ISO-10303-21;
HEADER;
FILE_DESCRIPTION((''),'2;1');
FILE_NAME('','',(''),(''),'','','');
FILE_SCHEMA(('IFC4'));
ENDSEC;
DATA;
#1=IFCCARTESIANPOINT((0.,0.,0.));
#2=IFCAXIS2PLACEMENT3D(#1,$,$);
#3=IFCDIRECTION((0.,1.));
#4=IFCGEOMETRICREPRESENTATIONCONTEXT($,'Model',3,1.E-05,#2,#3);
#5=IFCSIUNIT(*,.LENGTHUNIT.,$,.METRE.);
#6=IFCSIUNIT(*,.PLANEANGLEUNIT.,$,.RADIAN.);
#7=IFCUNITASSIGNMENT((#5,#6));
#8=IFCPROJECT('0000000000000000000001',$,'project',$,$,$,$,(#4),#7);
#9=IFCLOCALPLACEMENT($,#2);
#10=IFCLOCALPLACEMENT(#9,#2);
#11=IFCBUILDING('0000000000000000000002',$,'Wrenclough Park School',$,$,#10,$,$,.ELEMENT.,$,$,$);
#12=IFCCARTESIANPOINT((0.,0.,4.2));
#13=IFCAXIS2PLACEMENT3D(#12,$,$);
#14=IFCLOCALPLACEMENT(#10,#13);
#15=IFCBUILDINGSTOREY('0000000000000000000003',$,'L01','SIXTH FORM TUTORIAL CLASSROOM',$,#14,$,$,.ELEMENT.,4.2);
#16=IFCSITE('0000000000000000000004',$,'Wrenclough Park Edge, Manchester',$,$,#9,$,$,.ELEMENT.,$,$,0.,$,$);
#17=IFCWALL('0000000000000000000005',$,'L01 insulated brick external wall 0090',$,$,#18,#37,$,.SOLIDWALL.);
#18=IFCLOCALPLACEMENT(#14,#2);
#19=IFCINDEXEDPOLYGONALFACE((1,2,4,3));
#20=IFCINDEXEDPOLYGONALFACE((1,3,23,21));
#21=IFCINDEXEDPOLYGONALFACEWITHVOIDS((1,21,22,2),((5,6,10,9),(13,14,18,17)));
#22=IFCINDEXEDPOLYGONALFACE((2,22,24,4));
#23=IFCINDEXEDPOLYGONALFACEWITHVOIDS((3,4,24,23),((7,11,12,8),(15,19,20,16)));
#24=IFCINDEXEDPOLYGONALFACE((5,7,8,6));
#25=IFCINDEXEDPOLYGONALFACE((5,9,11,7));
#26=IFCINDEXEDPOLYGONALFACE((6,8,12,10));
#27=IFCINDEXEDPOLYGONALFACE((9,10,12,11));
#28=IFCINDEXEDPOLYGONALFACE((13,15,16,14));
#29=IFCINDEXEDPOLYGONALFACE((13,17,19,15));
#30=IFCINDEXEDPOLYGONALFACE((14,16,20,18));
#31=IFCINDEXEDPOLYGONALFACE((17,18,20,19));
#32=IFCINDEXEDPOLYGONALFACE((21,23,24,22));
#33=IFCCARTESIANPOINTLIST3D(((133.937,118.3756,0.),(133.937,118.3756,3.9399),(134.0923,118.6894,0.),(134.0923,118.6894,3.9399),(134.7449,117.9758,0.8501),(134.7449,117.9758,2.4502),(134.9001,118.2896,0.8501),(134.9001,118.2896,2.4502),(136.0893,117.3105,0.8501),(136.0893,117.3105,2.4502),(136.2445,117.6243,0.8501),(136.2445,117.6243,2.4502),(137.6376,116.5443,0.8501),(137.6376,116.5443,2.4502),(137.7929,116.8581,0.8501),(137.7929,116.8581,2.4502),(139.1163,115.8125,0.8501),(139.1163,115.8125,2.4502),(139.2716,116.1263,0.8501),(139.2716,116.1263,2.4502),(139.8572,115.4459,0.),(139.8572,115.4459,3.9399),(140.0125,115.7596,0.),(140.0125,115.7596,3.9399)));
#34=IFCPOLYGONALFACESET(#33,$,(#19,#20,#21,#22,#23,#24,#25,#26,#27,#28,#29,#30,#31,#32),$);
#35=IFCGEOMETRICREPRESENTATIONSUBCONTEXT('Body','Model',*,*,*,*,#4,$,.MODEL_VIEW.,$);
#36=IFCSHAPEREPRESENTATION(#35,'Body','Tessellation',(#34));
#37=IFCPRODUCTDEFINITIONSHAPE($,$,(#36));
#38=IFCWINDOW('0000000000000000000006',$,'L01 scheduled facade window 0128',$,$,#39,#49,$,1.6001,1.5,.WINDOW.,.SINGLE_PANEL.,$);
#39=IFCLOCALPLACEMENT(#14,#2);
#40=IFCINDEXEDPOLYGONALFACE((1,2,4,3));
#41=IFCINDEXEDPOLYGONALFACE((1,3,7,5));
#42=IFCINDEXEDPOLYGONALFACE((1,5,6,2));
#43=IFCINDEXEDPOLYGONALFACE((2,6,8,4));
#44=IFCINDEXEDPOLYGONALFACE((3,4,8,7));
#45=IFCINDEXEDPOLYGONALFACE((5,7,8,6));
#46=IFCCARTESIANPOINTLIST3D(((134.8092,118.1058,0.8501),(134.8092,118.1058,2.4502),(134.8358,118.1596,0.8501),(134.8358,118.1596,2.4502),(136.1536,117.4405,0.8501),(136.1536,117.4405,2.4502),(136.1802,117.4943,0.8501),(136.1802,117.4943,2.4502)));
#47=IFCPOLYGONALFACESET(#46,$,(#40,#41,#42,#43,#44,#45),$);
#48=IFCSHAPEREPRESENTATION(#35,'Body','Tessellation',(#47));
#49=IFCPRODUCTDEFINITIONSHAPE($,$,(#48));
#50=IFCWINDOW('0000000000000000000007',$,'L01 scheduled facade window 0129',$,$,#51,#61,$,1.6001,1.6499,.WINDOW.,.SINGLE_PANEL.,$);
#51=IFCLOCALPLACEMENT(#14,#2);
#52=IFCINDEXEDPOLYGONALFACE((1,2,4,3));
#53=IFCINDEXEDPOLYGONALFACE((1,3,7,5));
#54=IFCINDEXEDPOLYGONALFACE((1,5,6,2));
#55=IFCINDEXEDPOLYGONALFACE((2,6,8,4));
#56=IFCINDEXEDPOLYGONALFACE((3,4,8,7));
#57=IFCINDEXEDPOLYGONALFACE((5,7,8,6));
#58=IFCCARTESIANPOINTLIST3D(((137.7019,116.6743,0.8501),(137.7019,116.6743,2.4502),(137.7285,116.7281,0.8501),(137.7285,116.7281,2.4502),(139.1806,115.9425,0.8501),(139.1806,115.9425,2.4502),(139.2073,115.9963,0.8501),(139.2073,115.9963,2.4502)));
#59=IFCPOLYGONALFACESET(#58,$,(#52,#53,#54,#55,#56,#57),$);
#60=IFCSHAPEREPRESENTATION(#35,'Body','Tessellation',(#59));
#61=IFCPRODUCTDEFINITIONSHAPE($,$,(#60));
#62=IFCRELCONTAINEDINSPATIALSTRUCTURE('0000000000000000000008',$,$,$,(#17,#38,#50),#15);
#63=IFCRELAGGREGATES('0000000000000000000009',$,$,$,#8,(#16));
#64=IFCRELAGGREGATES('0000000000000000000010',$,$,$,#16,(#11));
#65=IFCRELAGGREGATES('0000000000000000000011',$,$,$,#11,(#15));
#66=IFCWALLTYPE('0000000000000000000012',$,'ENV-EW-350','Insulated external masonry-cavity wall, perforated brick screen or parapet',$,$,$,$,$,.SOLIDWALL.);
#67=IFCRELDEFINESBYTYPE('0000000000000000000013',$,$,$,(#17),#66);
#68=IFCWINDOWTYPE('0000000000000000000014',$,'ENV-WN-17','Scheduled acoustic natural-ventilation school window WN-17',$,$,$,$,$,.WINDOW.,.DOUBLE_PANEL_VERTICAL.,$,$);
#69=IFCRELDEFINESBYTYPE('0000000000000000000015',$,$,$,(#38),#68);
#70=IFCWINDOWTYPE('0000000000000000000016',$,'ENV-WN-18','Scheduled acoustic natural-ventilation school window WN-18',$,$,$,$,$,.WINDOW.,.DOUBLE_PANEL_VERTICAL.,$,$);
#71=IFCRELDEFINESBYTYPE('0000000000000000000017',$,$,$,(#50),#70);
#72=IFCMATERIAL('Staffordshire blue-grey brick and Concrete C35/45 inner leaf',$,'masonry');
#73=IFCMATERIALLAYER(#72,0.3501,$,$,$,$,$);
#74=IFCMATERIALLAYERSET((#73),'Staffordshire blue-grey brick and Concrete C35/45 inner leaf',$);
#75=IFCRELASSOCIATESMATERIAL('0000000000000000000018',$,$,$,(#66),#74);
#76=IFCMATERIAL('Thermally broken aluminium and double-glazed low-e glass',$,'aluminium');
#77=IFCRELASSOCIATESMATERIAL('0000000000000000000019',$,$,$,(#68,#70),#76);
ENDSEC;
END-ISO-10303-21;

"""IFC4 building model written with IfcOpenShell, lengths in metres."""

from ifc_helpers import new_model, si_unit, direction, frame, frame_2d, origin, place, context, subcontext, project, spatial, rectangle, extrude, material, layer, layer_set, type_object, element, fill, save


model = new_model("IFC4")

# Units and contexts
model_context = context("Model", 3, precision=1e-05, world=origin(), true_north=direction((0.0, 1.0)))
body_context = subcontext(model_context, "Body", "Model", "MODEL_VIEW")
ifc_project = project(units=[si_unit("LENGTHUNIT", "METRE"), si_unit("PLANEANGLEUNIT", "RADIAN")], contexts=[model_context])

# Site, building, storey
site_placement = place(None, origin())
site = spatial("IfcSite", under=ifc_project, at=site_placement, Name="Wrenclough Park Edge, Manchester", CompositionType="ELEMENT", RefElevation=0.0)
building_placement = place(site_placement, origin())
building = spatial("IfcBuilding", under=site, at=building_placement, Name="Wrenclough Park School", CompositionType="ELEMENT")
storey_placement = place(building_placement, frame((0.0, 0.0, 4.2)))
storey = spatial("IfcBuildingStorey", under=building, at=storey_placement, Name="L01", Description="SIXTH FORM TUTORIAL CLASSROOM", CompositionType="ELEMENT", Elevation=4.2)

# Wall, openings, windows
ifc_material_1 = material(Name="Staffordshire blue-grey brick and Concrete C35/45 inner leaf", Category="masonry")
ifc_layer_1 = layer(ifc_material_1, 0.3501)
ifc_layer_set_1 = layer_set([ifc_layer_1], Name="Staffordshire blue-grey brick and Concrete C35/45 inner leaf")
wall_type = type_object("IfcWallType", Name="ENV-EW-350", Description="Insulated external masonry-cavity wall, perforated brick screen or parapet", PredefinedType="SOLIDWALL", material=ifc_layer_set_1)
wall_placement = place(storey_placement, frame((134.0146, 118.5325, 0.0), z_axis=(0.0, 0.0, 1.0), x_axis=(0.89626, -0.443529, 0.0)))
wall = element("IfcWall", 1, at=wall_placement, inside=storey, type_object=wall_type, Name="L01 insulated brick external wall 0090", PredefinedType="SOLIDWALL", context=body_context, shape_type="SweptSolid", body=[
    extrude(rectangle(XDim=6.6055, YDim=0.3501, at=frame_2d((3.3027, 0.0))), origin(), (0.0, 0.0, 1.0), 3.9399),
])
opening_1_placement = place(wall_placement, frame((0.9014, 0.0, 0.8501)))
opening_1 = element("IfcOpeningElement", 2, at=opening_1_placement, cuts=wall, PredefinedType="OPENING", context=body_context, shape_type="SweptSolid", body=[
    extrude(rectangle(XDim=1.5, YDim=1.6001, at=frame_2d((0.75, 0.8))), frame((0.0, 0.1851, 0.0), z_axis=(0.0, -1.0, 0.0), x_axis=(1.0, 0.0, 0.0)), (0.0, 0.0, 1.0), 0.3701),
])
opening_2_placement = place(wall_placement, frame((4.1289, 0.0, 0.8501)))
opening_2 = element("IfcOpeningElement", 3, at=opening_2_placement, cuts=wall, PredefinedType="OPENING", context=body_context, shape_type="SweptSolid", body=[
    extrude(rectangle(XDim=1.6499, YDim=1.6001, at=frame_2d((0.825, 0.8))), frame((0.0, 0.1851, 0.0), z_axis=(0.0, -1.0, 0.0), x_axis=(1.0, 0.0, 0.0)), (0.0, 0.0, 1.0), 0.3701),
])
ifc_material_2 = material(Name="Thermally broken aluminium and double-glazed low-e glass", Category="aluminium")
window_type_1 = type_object("IfcWindowType", Name="ENV-WN-17", Description="Scheduled acoustic natural-ventilation school window WN-17", PartitioningType="DOUBLE_PANEL_VERTICAL", PredefinedType="WINDOW", material=ifc_material_2)
window_1_placement = place(opening_1_placement, origin())
window_1 = element("IfcWindow", 4, at=window_1_placement, inside=storey, type_object=window_type_1, Name="L01 scheduled facade window 0128", OverallHeight=1.6001, OverallWidth=1.5, PartitioningType="SINGLE_PANEL", PredefinedType="WINDOW", context=body_context, shape_type="SweptSolid", body=[
    extrude(rectangle(XDim=1.5, YDim=1.6001, at=frame_2d((0.75, 0.8))), frame((0.0, 0.03, 0.0), z_axis=(0.0, -1.0, 0.0), x_axis=(1.0, 0.0, 0.0)), (0.0, 0.0, 1.0), 0.0601),
])
fill(opening_1, window_1)
window_type_2 = type_object("IfcWindowType", Name="ENV-WN-18", Description="Scheduled acoustic natural-ventilation school window WN-18", PartitioningType="DOUBLE_PANEL_VERTICAL", PredefinedType="WINDOW", material=ifc_material_2)
window_2_placement = place(opening_2_placement, origin())
window_2 = element("IfcWindow", 5, at=window_2_placement, inside=storey, type_object=window_type_2, Name="L01 scheduled facade window 0129", OverallHeight=1.6001, OverallWidth=1.6499, PartitioningType="SINGLE_PANEL", PredefinedType="WINDOW", context=body_context, shape_type="SweptSolid", body=[
    extrude(rectangle(XDim=1.6499, YDim=1.6001, at=frame_2d((0.825, 0.8))), frame((0.0, 0.03, 0.0), z_axis=(0.0, -1.0, 0.0), x_axis=(1.0, 0.0, 0.0)), (0.0, 0.0, 1.0), 0.0601),
])
fill(opening_2, window_2)

save(model, "model.ifc")
